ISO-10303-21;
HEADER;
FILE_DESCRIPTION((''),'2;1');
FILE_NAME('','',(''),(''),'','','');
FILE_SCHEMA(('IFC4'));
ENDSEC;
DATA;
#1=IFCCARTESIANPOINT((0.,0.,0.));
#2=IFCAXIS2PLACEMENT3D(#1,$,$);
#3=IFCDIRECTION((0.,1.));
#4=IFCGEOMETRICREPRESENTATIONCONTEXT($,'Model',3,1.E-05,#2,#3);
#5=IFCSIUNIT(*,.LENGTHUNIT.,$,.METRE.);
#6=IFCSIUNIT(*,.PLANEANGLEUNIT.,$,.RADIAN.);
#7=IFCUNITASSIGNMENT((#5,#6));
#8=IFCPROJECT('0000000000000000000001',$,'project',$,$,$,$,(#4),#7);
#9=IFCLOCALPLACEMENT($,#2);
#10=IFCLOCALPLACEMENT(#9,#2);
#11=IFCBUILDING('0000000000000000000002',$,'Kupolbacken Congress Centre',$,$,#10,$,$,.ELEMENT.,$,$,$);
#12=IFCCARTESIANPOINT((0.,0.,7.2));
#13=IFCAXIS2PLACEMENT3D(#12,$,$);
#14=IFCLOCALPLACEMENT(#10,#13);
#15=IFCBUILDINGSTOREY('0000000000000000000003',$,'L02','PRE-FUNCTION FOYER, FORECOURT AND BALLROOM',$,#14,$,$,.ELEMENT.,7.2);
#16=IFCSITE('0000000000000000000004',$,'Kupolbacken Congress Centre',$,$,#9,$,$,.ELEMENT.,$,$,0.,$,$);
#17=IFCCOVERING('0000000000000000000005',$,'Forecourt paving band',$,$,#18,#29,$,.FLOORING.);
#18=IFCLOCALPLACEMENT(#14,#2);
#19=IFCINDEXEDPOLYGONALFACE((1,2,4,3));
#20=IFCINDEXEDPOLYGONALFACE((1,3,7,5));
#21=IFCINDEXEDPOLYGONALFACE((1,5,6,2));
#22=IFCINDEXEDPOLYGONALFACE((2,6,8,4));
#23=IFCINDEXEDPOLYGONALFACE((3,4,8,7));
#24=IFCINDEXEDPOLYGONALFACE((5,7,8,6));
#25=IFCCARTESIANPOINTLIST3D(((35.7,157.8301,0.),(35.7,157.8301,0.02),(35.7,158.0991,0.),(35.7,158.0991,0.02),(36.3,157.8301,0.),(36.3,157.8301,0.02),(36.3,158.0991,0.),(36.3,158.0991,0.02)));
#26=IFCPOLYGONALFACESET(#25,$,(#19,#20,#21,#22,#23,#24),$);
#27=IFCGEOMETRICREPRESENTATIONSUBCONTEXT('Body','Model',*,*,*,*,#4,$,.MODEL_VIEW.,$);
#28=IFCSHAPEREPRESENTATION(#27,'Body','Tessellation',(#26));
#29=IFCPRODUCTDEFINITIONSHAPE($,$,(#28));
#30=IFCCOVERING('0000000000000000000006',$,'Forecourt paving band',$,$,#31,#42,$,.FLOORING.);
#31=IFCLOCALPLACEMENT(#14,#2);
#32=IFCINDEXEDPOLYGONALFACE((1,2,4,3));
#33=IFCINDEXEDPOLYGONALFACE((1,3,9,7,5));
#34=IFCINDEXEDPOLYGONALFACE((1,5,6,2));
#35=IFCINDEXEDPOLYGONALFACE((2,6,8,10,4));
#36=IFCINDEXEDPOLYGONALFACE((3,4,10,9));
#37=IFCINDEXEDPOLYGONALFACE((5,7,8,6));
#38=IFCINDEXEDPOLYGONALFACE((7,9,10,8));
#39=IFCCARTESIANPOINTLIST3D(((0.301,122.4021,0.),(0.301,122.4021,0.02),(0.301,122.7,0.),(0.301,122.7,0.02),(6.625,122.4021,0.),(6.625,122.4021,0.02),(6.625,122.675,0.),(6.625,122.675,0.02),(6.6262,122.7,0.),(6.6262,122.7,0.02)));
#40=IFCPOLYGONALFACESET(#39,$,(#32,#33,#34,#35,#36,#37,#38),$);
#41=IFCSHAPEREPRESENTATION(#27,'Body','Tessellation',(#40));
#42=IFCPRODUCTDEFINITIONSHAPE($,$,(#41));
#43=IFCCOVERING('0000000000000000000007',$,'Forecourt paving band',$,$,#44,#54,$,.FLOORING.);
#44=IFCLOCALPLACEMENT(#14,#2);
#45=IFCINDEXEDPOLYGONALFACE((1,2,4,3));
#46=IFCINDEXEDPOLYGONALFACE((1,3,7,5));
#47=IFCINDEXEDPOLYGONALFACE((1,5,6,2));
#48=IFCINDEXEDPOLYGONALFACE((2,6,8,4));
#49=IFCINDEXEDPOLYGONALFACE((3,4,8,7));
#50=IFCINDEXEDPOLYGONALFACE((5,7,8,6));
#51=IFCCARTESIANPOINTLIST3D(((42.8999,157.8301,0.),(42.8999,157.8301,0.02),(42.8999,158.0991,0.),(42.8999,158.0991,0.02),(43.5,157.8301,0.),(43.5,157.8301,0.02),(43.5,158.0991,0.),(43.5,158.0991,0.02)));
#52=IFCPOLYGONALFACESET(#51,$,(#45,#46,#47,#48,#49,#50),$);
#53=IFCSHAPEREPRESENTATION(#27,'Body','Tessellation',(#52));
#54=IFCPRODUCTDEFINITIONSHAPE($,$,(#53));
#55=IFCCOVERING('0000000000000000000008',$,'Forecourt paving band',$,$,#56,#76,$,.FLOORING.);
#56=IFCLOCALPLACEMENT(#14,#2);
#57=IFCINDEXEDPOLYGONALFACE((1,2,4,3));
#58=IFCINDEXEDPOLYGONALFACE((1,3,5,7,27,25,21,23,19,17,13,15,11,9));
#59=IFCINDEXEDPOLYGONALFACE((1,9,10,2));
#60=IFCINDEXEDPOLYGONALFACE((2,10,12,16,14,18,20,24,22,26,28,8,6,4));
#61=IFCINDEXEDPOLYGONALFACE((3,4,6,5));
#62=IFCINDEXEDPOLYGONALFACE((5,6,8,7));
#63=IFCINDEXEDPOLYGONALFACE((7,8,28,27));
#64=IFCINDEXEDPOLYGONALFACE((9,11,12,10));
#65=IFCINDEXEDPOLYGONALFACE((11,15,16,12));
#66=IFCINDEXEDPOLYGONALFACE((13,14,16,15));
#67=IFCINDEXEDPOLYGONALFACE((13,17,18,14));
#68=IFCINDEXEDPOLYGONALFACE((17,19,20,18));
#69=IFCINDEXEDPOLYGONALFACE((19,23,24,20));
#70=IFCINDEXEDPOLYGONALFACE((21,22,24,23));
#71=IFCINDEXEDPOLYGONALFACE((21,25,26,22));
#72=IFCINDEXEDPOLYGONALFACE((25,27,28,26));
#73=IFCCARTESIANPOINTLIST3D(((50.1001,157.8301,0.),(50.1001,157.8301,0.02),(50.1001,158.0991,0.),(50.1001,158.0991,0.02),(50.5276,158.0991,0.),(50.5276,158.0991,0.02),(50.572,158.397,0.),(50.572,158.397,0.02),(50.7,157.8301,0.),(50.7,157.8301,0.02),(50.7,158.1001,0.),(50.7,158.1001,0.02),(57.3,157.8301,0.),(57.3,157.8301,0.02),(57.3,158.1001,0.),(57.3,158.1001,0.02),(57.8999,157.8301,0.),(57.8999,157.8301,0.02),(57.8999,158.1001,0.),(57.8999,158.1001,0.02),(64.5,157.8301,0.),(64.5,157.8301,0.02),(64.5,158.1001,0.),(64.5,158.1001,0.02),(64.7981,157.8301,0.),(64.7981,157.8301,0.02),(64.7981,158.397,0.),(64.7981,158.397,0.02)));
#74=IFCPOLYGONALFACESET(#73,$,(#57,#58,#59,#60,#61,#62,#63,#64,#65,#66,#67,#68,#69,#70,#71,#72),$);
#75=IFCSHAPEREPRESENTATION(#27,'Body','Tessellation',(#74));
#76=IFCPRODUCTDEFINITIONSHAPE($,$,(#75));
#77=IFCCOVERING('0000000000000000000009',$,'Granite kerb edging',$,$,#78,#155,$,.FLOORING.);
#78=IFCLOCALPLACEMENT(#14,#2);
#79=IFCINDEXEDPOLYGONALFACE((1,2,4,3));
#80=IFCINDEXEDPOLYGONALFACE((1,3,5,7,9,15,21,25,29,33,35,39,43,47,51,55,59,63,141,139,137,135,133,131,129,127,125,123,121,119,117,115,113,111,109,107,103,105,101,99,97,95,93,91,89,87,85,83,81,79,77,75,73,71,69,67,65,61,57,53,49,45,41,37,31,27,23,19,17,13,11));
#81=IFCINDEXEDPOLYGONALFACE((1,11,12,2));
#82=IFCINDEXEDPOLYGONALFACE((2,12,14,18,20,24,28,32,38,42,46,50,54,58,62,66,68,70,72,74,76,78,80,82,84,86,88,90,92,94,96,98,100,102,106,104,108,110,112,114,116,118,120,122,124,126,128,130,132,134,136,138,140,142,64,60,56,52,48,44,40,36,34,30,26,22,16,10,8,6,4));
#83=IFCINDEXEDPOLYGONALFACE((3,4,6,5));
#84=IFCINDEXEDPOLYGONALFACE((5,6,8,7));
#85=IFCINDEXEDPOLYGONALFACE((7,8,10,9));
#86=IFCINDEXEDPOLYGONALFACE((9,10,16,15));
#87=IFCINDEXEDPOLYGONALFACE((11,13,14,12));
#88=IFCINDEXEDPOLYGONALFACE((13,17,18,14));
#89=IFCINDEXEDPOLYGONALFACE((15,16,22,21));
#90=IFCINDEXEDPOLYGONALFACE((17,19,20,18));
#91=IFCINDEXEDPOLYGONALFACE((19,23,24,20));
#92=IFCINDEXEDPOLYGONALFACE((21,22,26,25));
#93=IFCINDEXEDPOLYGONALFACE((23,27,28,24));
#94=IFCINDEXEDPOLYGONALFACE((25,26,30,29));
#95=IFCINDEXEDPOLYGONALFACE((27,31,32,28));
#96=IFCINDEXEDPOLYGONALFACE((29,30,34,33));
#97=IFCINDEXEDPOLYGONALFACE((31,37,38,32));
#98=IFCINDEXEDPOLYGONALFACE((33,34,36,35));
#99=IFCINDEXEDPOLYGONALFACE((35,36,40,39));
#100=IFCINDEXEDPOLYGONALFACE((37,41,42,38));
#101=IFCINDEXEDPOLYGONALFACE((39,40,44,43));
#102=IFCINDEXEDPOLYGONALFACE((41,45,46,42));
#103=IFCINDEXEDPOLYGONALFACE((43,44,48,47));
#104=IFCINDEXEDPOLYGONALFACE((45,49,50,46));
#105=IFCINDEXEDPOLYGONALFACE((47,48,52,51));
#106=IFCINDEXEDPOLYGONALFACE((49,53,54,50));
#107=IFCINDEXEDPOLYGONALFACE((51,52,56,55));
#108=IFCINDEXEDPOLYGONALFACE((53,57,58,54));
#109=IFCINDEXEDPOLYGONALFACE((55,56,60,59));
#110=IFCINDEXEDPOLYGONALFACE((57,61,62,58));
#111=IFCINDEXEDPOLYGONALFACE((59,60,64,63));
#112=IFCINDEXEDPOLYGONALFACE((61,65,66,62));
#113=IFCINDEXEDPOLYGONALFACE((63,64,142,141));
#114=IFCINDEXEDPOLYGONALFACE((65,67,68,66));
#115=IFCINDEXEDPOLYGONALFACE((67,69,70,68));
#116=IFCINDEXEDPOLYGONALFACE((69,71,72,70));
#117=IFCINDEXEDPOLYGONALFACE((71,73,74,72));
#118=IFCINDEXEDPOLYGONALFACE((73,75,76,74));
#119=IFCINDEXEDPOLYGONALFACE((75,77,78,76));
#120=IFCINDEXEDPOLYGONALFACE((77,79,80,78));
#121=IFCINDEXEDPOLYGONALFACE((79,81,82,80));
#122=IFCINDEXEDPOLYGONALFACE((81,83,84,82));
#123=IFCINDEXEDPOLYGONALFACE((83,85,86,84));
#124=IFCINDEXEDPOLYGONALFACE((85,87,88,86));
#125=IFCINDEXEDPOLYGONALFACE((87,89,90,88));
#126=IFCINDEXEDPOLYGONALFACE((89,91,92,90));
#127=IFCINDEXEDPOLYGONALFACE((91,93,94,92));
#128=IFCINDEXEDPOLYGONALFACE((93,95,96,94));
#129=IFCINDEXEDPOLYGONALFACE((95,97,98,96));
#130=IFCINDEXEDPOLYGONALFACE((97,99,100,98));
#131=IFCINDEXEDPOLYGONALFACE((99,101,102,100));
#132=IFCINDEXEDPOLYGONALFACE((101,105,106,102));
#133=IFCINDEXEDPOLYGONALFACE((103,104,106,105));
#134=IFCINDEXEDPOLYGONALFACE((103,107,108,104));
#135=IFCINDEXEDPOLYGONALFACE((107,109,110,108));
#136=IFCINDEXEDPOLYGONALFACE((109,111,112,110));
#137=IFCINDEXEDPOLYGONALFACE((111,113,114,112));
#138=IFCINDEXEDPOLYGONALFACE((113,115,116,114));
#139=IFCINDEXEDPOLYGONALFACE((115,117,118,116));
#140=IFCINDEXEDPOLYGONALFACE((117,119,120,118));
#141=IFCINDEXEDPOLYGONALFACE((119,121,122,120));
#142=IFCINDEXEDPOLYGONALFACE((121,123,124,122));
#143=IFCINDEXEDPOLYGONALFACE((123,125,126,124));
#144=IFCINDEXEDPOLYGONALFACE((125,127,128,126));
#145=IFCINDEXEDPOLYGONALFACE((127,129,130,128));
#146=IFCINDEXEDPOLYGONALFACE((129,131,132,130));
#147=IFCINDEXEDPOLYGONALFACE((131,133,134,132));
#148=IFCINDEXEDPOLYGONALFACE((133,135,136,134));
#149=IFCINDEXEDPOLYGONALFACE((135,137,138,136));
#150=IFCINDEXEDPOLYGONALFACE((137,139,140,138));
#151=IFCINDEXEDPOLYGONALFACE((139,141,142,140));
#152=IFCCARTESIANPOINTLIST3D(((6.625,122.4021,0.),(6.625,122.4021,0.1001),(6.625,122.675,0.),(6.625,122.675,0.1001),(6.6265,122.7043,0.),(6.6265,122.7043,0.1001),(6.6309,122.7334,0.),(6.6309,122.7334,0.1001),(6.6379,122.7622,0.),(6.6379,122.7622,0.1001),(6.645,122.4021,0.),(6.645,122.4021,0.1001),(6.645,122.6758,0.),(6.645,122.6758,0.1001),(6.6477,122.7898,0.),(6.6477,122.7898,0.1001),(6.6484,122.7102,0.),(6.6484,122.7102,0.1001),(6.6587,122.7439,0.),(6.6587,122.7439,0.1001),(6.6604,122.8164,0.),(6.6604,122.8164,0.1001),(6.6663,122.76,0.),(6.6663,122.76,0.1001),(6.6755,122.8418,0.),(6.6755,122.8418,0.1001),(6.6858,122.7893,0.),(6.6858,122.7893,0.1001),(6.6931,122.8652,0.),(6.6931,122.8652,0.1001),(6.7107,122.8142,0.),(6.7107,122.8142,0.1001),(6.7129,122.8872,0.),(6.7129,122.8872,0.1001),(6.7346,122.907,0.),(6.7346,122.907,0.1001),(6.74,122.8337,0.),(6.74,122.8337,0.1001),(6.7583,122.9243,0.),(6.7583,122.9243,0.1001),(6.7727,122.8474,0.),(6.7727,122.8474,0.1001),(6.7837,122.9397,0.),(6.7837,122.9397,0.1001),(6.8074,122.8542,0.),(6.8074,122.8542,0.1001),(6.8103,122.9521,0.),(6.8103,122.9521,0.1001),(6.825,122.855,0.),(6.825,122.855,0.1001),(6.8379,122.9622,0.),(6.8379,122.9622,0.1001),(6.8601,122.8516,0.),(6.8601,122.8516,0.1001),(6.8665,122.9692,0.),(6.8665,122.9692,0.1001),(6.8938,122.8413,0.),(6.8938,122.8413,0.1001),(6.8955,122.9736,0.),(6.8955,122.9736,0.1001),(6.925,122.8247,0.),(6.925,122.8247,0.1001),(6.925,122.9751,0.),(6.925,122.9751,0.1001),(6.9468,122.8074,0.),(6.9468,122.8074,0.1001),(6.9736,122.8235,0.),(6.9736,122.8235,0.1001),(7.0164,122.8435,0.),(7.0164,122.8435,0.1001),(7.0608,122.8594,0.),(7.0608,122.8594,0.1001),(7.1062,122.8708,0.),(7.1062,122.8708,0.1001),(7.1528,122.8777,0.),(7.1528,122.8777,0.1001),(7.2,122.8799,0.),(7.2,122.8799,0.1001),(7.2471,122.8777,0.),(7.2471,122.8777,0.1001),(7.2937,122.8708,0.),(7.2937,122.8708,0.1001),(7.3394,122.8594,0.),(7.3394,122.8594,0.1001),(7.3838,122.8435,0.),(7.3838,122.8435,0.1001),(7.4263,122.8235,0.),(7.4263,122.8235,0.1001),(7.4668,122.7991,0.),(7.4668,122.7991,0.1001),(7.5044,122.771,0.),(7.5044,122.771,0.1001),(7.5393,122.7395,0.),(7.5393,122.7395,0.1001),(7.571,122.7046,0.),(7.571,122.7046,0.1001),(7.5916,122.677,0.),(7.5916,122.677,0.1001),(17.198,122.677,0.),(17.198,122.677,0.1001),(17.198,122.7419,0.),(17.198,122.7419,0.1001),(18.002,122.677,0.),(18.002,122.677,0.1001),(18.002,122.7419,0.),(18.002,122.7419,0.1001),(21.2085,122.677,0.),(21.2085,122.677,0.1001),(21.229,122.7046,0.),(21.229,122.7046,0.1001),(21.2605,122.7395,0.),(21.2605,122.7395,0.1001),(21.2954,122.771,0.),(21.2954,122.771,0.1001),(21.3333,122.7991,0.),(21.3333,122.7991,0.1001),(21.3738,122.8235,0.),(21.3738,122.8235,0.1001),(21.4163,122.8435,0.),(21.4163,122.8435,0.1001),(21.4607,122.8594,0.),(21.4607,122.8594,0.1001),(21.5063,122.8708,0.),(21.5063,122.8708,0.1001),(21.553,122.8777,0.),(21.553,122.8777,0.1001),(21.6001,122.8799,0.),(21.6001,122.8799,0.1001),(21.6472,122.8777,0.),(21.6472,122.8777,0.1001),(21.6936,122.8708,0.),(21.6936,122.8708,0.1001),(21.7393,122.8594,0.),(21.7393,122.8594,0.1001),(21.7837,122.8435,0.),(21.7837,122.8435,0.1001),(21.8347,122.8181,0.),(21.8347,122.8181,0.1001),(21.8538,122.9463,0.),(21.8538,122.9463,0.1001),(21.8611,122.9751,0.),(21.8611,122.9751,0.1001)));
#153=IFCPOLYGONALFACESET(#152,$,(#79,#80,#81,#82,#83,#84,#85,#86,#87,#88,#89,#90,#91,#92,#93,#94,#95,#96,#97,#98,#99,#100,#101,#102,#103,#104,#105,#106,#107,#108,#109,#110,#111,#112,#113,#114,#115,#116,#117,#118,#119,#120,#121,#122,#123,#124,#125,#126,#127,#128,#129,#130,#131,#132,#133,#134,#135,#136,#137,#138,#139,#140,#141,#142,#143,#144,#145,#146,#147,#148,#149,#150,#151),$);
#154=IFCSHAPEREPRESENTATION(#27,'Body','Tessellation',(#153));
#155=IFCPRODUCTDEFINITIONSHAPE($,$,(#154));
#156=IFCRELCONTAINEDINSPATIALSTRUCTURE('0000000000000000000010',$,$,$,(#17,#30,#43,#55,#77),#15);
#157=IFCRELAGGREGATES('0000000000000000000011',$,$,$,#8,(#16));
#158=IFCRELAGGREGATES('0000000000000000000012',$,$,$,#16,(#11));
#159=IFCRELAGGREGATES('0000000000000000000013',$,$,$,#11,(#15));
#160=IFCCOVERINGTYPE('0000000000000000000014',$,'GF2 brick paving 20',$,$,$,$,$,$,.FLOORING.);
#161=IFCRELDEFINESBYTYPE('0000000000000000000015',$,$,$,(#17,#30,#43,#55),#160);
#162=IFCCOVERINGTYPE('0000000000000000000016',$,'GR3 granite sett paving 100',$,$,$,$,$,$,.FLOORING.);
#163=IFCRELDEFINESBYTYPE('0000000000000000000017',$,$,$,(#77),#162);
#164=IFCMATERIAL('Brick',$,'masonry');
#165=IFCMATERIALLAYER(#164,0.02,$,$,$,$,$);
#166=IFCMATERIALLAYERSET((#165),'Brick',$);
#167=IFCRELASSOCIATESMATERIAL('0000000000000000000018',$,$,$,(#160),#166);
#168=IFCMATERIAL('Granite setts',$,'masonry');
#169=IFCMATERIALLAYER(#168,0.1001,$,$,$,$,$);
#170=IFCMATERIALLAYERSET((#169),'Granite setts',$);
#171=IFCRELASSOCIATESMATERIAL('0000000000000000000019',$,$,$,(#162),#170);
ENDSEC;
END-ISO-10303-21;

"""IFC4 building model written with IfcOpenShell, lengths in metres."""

from ifc_helpers import new_model, si_unit, direction, frame, origin, place, context, subcontext, project, spatial, polyline, outline, extrude, material, layer, layer_set, type_object, element, save


model = new_model("IFC4")

# Units and contexts
model_context = context("Model", 3, precision=1e-05, world=origin(), true_north=direction((0.0, 1.0)))
body_context = subcontext(model_context, "Body", "Model", "MODEL_VIEW")
ifc_project = project(units=[si_unit("LENGTHUNIT", "METRE"), si_unit("PLANEANGLEUNIT", "RADIAN")], contexts=[model_context])

# Site, building, storey
site_placement = place(None, origin())
site = spatial("IfcSite", under=ifc_project, at=site_placement, Name="Kupolbacken Congress Centre", CompositionType="ELEMENT", RefElevation=0.0)
building_placement = place(site_placement, origin())
building = spatial("IfcBuilding", under=site, at=building_placement, Name="Kupolbacken Congress Centre", CompositionType="ELEMENT")
storey_placement = place(building_placement, frame((0.0, 0.0, 7.2)))
storey = spatial("IfcBuildingStorey", under=building, at=storey_placement, Name="L02", Description="PRE-FUNCTION FOYER, FORECOURT AND BALLROOM", CompositionType="ELEMENT", Elevation=7.2)

# Coverings
ifc_material_1 = material(Name="Brick", Category="masonry")
ifc_layer_1 = layer(ifc_material_1, 0.02)
ifc_layer_set_1 = layer_set([ifc_layer_1], Name="Brick")
covering_type_1 = type_object("IfcCoveringType", Name="GF2 brick paving 20", PredefinedType="FLOORING", material=ifc_layer_set_1)
covering_1_placement = place(storey_placement, origin())
element("IfcCovering", 1, at=covering_1_placement, inside=storey, type_object=covering_type_1, Name="Forecourt paving band", PredefinedType="FLOORING", context=body_context, shape_type="SweptSolid", body=[
    extrude(outline(polyline([(35.7, 158.0991), (36.3, 158.0991), (36.3, 157.8301), (35.7, 157.8301), (35.7, 158.0991)])), origin(), (0.0, 0.0, 1.0), 0.02),
])
covering_2_placement = place(storey_placement, origin())
element("IfcCovering", 2, at=covering_2_placement, inside=storey, type_object=covering_type_1, Name="Forecourt paving band", PredefinedType="FLOORING", context=body_context, shape_type="SweptSolid", body=[
    extrude(outline(polyline([(6.6262, 122.7), (6.625, 122.675), (6.625, 122.4021), (0.301, 122.4021), (0.301, 122.7), (6.6262, 122.7)])), origin(), (0.0, 0.0, 1.0), 0.02),
])
covering_3_placement = place(storey_placement, origin())
element("IfcCovering", 3, at=covering_3_placement, inside=storey, type_object=covering_type_1, Name="Forecourt paving band", PredefinedType="FLOORING", context=body_context, shape_type="SweptSolid", body=[
    extrude(outline(polyline([(42.8999, 158.0991), (43.5, 158.0991), (43.5, 157.8301), (42.8999, 157.8301), (42.8999, 158.0991)])), origin(), (0.0, 0.0, 1.0), 0.02),
])
covering_4_placement = place(storey_placement, origin())
element("IfcCovering", 4, at=covering_4_placement, inside=storey, type_object=covering_type_1, Name="Forecourt paving band", PredefinedType="FLOORING", context=body_context, shape_type="SweptSolid", body=[
    extrude(outline(polyline([(50.1001, 158.0991), (50.5276, 158.0991), (50.572, 158.397), (64.7981, 158.397), (64.7981, 157.8301), (64.5, 157.8301), (64.5, 158.1001), (57.8999, 158.1001), (57.8999, 157.8301), (57.3, 157.8301), (57.3, 158.1001), (50.7, 158.1001), (50.7, 157.8301), (50.1001, 157.8301), (50.1001, 158.0991)])), origin(), (0.0, 0.0, 1.0), 0.02),
])
ifc_material_2 = material(Name="Granite setts", Category="masonry")
ifc_layer_2 = layer(ifc_material_2, 0.1001)
ifc_layer_set_2 = layer_set([ifc_layer_2], Name="Granite setts")
covering_type_2 = type_object("IfcCoveringType", Name="GR3 granite sett paving 100", PredefinedType="FLOORING", material=ifc_layer_set_2)
covering_5_placement = place(storey_placement, origin())
element("IfcCovering", 5, at=covering_5_placement, inside=storey, type_object=covering_type_2, Name="Granite kerb edging", PredefinedType="FLOORING", context=body_context, shape_type="SweptSolid", body=[
    extrude(outline(polyline([(21.6936, 122.8708), (21.6472, 122.8777), (21.6001, 122.8799), (21.553, 122.8777), (21.5063, 122.8708), (21.4607, 122.8594), (21.4163, 122.8435), (21.3738, 122.8235), (21.3333, 122.7991), (21.2954, 122.771), (21.2605, 122.7395), (21.229, 122.7046), (21.2085, 122.677), (18.002, 122.677), (18.002, 122.7419), (17.198, 122.7419), (17.198, 122.677), (7.5916, 122.677), (7.571, 122.7046), (7.5393, 122.7395), (7.5044, 122.771), (7.4668, 122.7991), (7.4263, 122.8235), (7.3838, 122.8435), (7.3394, 122.8594), (7.2937, 122.8708), (7.2471, 122.8777), (7.2, 122.8799), (7.1528, 122.8777), (7.1062, 122.8708), (7.0608, 122.8594), (7.0164, 122.8435), (6.9736, 122.8235), (6.9468, 122.8074), (6.925, 122.8247), (6.8938, 122.8413), (6.8601, 122.8516), (6.825, 122.855), (6.8074, 122.8542), (6.7727, 122.8474), (6.74, 122.8337), (6.7107, 122.8142), (6.6858, 122.7893), (6.6663, 122.76), (6.6587, 122.7439), (6.6484, 122.7102), (6.645, 122.6758), (6.645, 122.4021), (6.625, 122.4021), (6.625, 122.675), (6.6265, 122.7043), (6.6309, 122.7334), (6.6379, 122.7622), (6.6477, 122.7898), (6.6604, 122.8164), (6.6755, 122.8418), (6.6931, 122.8652), (6.7129, 122.8872), (6.7346, 122.907), (6.7583, 122.9243), (6.7837, 122.9397), (6.8103, 122.9521), (6.8379, 122.9622), (6.8665, 122.9692), (6.8955, 122.9736), (6.925, 122.9751), (21.8611, 122.9751), (21.8538, 122.9463), (21.8347, 122.8181), (21.7837, 122.8435), (21.7393, 122.8594), (21.6936, 122.8708)])), origin(), (0.0, 0.0, 1.0), 0.1001),
])

save(model, "model.ifc")
